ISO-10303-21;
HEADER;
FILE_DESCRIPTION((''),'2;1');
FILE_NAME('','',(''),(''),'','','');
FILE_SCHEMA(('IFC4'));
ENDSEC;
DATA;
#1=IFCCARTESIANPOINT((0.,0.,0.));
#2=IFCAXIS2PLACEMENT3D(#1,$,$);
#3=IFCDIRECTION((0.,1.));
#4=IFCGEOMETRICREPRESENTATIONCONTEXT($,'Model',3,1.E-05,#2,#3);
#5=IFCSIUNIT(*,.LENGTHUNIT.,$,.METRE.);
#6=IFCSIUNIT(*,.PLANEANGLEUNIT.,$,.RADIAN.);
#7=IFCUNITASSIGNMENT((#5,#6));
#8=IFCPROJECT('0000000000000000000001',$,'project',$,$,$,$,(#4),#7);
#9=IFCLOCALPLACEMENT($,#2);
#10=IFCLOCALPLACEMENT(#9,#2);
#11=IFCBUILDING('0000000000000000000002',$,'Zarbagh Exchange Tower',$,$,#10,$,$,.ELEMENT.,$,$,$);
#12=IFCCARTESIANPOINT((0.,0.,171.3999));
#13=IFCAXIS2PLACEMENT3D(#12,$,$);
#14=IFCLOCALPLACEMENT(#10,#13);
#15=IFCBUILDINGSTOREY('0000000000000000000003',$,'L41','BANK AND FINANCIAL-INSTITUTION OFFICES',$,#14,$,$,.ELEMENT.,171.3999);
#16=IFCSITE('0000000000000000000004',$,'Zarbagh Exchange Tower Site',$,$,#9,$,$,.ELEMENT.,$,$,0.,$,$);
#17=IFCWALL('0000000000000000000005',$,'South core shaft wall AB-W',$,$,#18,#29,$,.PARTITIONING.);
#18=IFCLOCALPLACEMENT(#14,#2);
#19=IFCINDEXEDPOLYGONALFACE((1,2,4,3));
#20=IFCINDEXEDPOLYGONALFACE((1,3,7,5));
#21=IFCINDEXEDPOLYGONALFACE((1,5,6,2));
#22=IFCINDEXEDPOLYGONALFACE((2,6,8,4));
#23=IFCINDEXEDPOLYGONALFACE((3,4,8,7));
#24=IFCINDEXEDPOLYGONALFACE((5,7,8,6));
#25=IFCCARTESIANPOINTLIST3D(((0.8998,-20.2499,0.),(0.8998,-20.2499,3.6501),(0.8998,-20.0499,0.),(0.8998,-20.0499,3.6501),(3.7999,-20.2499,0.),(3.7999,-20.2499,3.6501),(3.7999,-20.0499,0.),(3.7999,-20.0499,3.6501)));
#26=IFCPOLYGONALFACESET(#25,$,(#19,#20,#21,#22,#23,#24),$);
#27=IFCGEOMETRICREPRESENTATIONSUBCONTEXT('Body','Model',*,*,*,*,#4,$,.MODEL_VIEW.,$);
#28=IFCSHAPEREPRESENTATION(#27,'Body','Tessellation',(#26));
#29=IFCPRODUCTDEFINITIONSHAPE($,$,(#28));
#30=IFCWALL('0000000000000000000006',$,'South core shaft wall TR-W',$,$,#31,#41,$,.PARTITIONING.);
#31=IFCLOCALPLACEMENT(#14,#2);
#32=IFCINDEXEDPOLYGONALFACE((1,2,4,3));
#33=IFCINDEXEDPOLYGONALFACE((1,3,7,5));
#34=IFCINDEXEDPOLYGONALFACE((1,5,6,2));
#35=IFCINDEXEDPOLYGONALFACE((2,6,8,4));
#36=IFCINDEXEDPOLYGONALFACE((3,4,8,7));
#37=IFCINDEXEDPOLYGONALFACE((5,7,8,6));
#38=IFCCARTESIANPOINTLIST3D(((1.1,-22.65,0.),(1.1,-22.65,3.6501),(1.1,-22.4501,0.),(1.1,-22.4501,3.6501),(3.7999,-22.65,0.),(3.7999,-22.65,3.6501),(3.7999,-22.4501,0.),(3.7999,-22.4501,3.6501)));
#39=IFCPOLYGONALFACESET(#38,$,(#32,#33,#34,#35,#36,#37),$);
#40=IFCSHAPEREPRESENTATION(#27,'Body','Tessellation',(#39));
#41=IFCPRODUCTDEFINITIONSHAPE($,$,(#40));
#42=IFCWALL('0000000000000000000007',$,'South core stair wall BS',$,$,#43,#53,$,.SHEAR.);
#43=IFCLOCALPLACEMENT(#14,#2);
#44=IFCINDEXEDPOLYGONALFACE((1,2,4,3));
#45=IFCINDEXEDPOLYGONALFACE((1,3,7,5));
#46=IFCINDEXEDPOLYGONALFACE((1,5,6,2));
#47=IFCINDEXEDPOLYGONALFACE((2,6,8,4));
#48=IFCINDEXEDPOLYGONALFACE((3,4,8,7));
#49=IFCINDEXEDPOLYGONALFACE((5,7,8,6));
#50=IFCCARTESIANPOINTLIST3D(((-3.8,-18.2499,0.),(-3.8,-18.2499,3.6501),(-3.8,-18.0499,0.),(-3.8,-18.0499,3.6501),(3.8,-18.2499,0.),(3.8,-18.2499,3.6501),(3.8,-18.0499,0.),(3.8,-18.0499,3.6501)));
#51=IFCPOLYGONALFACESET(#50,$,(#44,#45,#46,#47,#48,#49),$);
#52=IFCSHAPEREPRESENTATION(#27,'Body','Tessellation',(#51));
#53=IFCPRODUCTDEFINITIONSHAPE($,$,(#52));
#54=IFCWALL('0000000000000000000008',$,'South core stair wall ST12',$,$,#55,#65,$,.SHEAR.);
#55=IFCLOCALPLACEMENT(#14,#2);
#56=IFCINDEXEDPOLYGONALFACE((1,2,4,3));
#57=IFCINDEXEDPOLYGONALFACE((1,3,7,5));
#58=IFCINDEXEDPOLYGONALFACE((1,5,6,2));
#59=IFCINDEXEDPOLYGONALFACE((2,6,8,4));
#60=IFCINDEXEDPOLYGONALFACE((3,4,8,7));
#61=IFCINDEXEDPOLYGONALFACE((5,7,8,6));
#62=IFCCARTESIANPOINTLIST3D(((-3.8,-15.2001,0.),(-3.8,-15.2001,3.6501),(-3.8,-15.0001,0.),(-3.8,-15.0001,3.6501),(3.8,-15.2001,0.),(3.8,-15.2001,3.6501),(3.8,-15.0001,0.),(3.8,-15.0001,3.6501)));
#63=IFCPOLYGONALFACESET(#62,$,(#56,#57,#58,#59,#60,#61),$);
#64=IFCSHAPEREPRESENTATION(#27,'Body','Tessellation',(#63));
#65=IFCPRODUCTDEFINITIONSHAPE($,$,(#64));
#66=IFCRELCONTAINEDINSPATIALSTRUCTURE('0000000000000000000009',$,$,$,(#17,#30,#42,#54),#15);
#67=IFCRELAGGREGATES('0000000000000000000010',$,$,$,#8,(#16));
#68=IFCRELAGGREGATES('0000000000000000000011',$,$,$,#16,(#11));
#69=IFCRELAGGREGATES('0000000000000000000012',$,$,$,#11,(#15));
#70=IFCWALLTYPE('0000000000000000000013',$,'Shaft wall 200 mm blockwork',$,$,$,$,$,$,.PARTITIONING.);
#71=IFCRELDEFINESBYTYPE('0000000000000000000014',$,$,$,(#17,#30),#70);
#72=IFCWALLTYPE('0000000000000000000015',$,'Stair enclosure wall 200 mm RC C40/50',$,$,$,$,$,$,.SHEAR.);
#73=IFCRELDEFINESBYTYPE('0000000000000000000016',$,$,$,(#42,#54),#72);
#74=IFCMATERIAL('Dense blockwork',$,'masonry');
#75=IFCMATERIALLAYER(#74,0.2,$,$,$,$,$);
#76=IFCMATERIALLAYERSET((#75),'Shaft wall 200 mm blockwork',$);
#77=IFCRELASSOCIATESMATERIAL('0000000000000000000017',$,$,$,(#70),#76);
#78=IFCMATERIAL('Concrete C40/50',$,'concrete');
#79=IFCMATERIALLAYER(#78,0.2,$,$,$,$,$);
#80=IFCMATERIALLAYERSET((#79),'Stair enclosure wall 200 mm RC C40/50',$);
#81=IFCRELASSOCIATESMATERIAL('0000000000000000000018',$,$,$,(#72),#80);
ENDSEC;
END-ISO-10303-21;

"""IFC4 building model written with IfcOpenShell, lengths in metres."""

from ifc_helpers import new_model, si_unit, direction, frame, frame_2d, origin, place, context, subcontext, project, spatial, rectangle, extrude, material, layer, layer_set, type_object, element, save


model = new_model("IFC4")

# Units and contexts
model_context = context("Model", 3, precision=1e-05, world=origin(), true_north=direction((0.0, 1.0)))
body_context = subcontext(model_context, "Body", "Model", "MODEL_VIEW")
ifc_project = project(units=[si_unit("LENGTHUNIT", "METRE"), si_unit("PLANEANGLEUNIT", "RADIAN")], contexts=[model_context])

# Site, building, storey
site_placement = place(None, origin())
site = spatial("IfcSite", under=ifc_project, at=site_placement, Name="Zarbagh Exchange Tower Site", CompositionType="ELEMENT", RefElevation=0.0)
building_placement = place(site_placement, origin())
building = spatial("IfcBuilding", under=site, at=building_placement, Name="Zarbagh Exchange Tower", CompositionType="ELEMENT")
storey_placement = place(building_placement, frame((0.0, 0.0, 171.3999)))
storey = spatial("IfcBuildingStorey", under=building, at=storey_placement, Name="L41", Description="BANK AND FINANCIAL-INSTITUTION OFFICES", CompositionType="ELEMENT", Elevation=171.3999)

# Walls
ifc_material_1 = material(Name="Dense blockwork", Category="masonry")
ifc_layer_1 = layer(ifc_material_1, 0.2)
ifc_layer_set_1 = layer_set([ifc_layer_1], Name="Shaft wall 200 mm blockwork")
wall_type_1 = type_object("IfcWallType", Name="Shaft wall 200 mm blockwork", PredefinedType="PARTITIONING", material=ifc_layer_set_1)
wall_1_placement = place(storey_placement, frame((3.8, -20.1499, 0.0), z_axis=(0.0, 0.0, 1.0), x_axis=(-1.0, 0.0, 0.0)))
element("IfcWall", 1, at=wall_1_placement, inside=storey, type_object=wall_type_1, Name="South core shaft wall AB-W", PredefinedType="PARTITIONING", context=body_context, shape_type="SweptSolid", body=[
    extrude(rectangle(XDim=2.9001, YDim=0.2, at=frame_2d((1.4502, 0.0))), origin(), (0.0, 0.0, 1.0), 3.6501),
])
wall_2_placement = place(storey_placement, frame((3.8, -22.55, 0.0), z_axis=(0.0, 0.0, 1.0), x_axis=(-1.0, 0.0, 0.0)))
element("IfcWall", 2, at=wall_2_placement, inside=storey, type_object=wall_type_1, Name="South core shaft wall TR-W", PredefinedType="PARTITIONING", context=body_context, shape_type="SweptSolid", body=[
    extrude(rectangle(XDim=2.7, YDim=0.2, at=frame_2d((1.3501, 0.0))), origin(), (0.0, 0.0, 1.0), 3.6501),
])
ifc_material_2 = material(Name="Concrete C40/50", Category="concrete")
ifc_layer_2 = layer(ifc_material_2, 0.2)
ifc_layer_set_2 = layer_set([ifc_layer_2], Name="Stair enclosure wall 200 mm RC C40/50")
wall_type_2 = type_object("IfcWallType", Name="Stair enclosure wall 200 mm RC C40/50", PredefinedType="SHEAR", material=ifc_layer_set_2)
for number, where, z_axis, x_axis, name in (
    (3, (3.8, -18.1499, 0.0), (0.0, 0.0, 1.0), (-1.0, 0.0, 0.0), "South core stair wall BS"),
    (4, (3.8, -15.1001, 0.0), (0.0, 0.0, 1.0), (-1.0, 0.0, 0.0), "South core stair wall ST12"),
):
    element("IfcWall", number, at=place(storey_placement, frame(where, z_axis=z_axis, x_axis=x_axis)), inside=storey, type_object=wall_type_2, Name=name, PredefinedType="SHEAR", context=body_context, shape_type="SweptSolid", body=[
        extrude(rectangle(XDim=7.6001, YDim=0.2, at=frame_2d((3.8, 0.0))), origin(), (0.0, 0.0, 1.0), 3.6501),
    ])

save(model, "model.ifc")
